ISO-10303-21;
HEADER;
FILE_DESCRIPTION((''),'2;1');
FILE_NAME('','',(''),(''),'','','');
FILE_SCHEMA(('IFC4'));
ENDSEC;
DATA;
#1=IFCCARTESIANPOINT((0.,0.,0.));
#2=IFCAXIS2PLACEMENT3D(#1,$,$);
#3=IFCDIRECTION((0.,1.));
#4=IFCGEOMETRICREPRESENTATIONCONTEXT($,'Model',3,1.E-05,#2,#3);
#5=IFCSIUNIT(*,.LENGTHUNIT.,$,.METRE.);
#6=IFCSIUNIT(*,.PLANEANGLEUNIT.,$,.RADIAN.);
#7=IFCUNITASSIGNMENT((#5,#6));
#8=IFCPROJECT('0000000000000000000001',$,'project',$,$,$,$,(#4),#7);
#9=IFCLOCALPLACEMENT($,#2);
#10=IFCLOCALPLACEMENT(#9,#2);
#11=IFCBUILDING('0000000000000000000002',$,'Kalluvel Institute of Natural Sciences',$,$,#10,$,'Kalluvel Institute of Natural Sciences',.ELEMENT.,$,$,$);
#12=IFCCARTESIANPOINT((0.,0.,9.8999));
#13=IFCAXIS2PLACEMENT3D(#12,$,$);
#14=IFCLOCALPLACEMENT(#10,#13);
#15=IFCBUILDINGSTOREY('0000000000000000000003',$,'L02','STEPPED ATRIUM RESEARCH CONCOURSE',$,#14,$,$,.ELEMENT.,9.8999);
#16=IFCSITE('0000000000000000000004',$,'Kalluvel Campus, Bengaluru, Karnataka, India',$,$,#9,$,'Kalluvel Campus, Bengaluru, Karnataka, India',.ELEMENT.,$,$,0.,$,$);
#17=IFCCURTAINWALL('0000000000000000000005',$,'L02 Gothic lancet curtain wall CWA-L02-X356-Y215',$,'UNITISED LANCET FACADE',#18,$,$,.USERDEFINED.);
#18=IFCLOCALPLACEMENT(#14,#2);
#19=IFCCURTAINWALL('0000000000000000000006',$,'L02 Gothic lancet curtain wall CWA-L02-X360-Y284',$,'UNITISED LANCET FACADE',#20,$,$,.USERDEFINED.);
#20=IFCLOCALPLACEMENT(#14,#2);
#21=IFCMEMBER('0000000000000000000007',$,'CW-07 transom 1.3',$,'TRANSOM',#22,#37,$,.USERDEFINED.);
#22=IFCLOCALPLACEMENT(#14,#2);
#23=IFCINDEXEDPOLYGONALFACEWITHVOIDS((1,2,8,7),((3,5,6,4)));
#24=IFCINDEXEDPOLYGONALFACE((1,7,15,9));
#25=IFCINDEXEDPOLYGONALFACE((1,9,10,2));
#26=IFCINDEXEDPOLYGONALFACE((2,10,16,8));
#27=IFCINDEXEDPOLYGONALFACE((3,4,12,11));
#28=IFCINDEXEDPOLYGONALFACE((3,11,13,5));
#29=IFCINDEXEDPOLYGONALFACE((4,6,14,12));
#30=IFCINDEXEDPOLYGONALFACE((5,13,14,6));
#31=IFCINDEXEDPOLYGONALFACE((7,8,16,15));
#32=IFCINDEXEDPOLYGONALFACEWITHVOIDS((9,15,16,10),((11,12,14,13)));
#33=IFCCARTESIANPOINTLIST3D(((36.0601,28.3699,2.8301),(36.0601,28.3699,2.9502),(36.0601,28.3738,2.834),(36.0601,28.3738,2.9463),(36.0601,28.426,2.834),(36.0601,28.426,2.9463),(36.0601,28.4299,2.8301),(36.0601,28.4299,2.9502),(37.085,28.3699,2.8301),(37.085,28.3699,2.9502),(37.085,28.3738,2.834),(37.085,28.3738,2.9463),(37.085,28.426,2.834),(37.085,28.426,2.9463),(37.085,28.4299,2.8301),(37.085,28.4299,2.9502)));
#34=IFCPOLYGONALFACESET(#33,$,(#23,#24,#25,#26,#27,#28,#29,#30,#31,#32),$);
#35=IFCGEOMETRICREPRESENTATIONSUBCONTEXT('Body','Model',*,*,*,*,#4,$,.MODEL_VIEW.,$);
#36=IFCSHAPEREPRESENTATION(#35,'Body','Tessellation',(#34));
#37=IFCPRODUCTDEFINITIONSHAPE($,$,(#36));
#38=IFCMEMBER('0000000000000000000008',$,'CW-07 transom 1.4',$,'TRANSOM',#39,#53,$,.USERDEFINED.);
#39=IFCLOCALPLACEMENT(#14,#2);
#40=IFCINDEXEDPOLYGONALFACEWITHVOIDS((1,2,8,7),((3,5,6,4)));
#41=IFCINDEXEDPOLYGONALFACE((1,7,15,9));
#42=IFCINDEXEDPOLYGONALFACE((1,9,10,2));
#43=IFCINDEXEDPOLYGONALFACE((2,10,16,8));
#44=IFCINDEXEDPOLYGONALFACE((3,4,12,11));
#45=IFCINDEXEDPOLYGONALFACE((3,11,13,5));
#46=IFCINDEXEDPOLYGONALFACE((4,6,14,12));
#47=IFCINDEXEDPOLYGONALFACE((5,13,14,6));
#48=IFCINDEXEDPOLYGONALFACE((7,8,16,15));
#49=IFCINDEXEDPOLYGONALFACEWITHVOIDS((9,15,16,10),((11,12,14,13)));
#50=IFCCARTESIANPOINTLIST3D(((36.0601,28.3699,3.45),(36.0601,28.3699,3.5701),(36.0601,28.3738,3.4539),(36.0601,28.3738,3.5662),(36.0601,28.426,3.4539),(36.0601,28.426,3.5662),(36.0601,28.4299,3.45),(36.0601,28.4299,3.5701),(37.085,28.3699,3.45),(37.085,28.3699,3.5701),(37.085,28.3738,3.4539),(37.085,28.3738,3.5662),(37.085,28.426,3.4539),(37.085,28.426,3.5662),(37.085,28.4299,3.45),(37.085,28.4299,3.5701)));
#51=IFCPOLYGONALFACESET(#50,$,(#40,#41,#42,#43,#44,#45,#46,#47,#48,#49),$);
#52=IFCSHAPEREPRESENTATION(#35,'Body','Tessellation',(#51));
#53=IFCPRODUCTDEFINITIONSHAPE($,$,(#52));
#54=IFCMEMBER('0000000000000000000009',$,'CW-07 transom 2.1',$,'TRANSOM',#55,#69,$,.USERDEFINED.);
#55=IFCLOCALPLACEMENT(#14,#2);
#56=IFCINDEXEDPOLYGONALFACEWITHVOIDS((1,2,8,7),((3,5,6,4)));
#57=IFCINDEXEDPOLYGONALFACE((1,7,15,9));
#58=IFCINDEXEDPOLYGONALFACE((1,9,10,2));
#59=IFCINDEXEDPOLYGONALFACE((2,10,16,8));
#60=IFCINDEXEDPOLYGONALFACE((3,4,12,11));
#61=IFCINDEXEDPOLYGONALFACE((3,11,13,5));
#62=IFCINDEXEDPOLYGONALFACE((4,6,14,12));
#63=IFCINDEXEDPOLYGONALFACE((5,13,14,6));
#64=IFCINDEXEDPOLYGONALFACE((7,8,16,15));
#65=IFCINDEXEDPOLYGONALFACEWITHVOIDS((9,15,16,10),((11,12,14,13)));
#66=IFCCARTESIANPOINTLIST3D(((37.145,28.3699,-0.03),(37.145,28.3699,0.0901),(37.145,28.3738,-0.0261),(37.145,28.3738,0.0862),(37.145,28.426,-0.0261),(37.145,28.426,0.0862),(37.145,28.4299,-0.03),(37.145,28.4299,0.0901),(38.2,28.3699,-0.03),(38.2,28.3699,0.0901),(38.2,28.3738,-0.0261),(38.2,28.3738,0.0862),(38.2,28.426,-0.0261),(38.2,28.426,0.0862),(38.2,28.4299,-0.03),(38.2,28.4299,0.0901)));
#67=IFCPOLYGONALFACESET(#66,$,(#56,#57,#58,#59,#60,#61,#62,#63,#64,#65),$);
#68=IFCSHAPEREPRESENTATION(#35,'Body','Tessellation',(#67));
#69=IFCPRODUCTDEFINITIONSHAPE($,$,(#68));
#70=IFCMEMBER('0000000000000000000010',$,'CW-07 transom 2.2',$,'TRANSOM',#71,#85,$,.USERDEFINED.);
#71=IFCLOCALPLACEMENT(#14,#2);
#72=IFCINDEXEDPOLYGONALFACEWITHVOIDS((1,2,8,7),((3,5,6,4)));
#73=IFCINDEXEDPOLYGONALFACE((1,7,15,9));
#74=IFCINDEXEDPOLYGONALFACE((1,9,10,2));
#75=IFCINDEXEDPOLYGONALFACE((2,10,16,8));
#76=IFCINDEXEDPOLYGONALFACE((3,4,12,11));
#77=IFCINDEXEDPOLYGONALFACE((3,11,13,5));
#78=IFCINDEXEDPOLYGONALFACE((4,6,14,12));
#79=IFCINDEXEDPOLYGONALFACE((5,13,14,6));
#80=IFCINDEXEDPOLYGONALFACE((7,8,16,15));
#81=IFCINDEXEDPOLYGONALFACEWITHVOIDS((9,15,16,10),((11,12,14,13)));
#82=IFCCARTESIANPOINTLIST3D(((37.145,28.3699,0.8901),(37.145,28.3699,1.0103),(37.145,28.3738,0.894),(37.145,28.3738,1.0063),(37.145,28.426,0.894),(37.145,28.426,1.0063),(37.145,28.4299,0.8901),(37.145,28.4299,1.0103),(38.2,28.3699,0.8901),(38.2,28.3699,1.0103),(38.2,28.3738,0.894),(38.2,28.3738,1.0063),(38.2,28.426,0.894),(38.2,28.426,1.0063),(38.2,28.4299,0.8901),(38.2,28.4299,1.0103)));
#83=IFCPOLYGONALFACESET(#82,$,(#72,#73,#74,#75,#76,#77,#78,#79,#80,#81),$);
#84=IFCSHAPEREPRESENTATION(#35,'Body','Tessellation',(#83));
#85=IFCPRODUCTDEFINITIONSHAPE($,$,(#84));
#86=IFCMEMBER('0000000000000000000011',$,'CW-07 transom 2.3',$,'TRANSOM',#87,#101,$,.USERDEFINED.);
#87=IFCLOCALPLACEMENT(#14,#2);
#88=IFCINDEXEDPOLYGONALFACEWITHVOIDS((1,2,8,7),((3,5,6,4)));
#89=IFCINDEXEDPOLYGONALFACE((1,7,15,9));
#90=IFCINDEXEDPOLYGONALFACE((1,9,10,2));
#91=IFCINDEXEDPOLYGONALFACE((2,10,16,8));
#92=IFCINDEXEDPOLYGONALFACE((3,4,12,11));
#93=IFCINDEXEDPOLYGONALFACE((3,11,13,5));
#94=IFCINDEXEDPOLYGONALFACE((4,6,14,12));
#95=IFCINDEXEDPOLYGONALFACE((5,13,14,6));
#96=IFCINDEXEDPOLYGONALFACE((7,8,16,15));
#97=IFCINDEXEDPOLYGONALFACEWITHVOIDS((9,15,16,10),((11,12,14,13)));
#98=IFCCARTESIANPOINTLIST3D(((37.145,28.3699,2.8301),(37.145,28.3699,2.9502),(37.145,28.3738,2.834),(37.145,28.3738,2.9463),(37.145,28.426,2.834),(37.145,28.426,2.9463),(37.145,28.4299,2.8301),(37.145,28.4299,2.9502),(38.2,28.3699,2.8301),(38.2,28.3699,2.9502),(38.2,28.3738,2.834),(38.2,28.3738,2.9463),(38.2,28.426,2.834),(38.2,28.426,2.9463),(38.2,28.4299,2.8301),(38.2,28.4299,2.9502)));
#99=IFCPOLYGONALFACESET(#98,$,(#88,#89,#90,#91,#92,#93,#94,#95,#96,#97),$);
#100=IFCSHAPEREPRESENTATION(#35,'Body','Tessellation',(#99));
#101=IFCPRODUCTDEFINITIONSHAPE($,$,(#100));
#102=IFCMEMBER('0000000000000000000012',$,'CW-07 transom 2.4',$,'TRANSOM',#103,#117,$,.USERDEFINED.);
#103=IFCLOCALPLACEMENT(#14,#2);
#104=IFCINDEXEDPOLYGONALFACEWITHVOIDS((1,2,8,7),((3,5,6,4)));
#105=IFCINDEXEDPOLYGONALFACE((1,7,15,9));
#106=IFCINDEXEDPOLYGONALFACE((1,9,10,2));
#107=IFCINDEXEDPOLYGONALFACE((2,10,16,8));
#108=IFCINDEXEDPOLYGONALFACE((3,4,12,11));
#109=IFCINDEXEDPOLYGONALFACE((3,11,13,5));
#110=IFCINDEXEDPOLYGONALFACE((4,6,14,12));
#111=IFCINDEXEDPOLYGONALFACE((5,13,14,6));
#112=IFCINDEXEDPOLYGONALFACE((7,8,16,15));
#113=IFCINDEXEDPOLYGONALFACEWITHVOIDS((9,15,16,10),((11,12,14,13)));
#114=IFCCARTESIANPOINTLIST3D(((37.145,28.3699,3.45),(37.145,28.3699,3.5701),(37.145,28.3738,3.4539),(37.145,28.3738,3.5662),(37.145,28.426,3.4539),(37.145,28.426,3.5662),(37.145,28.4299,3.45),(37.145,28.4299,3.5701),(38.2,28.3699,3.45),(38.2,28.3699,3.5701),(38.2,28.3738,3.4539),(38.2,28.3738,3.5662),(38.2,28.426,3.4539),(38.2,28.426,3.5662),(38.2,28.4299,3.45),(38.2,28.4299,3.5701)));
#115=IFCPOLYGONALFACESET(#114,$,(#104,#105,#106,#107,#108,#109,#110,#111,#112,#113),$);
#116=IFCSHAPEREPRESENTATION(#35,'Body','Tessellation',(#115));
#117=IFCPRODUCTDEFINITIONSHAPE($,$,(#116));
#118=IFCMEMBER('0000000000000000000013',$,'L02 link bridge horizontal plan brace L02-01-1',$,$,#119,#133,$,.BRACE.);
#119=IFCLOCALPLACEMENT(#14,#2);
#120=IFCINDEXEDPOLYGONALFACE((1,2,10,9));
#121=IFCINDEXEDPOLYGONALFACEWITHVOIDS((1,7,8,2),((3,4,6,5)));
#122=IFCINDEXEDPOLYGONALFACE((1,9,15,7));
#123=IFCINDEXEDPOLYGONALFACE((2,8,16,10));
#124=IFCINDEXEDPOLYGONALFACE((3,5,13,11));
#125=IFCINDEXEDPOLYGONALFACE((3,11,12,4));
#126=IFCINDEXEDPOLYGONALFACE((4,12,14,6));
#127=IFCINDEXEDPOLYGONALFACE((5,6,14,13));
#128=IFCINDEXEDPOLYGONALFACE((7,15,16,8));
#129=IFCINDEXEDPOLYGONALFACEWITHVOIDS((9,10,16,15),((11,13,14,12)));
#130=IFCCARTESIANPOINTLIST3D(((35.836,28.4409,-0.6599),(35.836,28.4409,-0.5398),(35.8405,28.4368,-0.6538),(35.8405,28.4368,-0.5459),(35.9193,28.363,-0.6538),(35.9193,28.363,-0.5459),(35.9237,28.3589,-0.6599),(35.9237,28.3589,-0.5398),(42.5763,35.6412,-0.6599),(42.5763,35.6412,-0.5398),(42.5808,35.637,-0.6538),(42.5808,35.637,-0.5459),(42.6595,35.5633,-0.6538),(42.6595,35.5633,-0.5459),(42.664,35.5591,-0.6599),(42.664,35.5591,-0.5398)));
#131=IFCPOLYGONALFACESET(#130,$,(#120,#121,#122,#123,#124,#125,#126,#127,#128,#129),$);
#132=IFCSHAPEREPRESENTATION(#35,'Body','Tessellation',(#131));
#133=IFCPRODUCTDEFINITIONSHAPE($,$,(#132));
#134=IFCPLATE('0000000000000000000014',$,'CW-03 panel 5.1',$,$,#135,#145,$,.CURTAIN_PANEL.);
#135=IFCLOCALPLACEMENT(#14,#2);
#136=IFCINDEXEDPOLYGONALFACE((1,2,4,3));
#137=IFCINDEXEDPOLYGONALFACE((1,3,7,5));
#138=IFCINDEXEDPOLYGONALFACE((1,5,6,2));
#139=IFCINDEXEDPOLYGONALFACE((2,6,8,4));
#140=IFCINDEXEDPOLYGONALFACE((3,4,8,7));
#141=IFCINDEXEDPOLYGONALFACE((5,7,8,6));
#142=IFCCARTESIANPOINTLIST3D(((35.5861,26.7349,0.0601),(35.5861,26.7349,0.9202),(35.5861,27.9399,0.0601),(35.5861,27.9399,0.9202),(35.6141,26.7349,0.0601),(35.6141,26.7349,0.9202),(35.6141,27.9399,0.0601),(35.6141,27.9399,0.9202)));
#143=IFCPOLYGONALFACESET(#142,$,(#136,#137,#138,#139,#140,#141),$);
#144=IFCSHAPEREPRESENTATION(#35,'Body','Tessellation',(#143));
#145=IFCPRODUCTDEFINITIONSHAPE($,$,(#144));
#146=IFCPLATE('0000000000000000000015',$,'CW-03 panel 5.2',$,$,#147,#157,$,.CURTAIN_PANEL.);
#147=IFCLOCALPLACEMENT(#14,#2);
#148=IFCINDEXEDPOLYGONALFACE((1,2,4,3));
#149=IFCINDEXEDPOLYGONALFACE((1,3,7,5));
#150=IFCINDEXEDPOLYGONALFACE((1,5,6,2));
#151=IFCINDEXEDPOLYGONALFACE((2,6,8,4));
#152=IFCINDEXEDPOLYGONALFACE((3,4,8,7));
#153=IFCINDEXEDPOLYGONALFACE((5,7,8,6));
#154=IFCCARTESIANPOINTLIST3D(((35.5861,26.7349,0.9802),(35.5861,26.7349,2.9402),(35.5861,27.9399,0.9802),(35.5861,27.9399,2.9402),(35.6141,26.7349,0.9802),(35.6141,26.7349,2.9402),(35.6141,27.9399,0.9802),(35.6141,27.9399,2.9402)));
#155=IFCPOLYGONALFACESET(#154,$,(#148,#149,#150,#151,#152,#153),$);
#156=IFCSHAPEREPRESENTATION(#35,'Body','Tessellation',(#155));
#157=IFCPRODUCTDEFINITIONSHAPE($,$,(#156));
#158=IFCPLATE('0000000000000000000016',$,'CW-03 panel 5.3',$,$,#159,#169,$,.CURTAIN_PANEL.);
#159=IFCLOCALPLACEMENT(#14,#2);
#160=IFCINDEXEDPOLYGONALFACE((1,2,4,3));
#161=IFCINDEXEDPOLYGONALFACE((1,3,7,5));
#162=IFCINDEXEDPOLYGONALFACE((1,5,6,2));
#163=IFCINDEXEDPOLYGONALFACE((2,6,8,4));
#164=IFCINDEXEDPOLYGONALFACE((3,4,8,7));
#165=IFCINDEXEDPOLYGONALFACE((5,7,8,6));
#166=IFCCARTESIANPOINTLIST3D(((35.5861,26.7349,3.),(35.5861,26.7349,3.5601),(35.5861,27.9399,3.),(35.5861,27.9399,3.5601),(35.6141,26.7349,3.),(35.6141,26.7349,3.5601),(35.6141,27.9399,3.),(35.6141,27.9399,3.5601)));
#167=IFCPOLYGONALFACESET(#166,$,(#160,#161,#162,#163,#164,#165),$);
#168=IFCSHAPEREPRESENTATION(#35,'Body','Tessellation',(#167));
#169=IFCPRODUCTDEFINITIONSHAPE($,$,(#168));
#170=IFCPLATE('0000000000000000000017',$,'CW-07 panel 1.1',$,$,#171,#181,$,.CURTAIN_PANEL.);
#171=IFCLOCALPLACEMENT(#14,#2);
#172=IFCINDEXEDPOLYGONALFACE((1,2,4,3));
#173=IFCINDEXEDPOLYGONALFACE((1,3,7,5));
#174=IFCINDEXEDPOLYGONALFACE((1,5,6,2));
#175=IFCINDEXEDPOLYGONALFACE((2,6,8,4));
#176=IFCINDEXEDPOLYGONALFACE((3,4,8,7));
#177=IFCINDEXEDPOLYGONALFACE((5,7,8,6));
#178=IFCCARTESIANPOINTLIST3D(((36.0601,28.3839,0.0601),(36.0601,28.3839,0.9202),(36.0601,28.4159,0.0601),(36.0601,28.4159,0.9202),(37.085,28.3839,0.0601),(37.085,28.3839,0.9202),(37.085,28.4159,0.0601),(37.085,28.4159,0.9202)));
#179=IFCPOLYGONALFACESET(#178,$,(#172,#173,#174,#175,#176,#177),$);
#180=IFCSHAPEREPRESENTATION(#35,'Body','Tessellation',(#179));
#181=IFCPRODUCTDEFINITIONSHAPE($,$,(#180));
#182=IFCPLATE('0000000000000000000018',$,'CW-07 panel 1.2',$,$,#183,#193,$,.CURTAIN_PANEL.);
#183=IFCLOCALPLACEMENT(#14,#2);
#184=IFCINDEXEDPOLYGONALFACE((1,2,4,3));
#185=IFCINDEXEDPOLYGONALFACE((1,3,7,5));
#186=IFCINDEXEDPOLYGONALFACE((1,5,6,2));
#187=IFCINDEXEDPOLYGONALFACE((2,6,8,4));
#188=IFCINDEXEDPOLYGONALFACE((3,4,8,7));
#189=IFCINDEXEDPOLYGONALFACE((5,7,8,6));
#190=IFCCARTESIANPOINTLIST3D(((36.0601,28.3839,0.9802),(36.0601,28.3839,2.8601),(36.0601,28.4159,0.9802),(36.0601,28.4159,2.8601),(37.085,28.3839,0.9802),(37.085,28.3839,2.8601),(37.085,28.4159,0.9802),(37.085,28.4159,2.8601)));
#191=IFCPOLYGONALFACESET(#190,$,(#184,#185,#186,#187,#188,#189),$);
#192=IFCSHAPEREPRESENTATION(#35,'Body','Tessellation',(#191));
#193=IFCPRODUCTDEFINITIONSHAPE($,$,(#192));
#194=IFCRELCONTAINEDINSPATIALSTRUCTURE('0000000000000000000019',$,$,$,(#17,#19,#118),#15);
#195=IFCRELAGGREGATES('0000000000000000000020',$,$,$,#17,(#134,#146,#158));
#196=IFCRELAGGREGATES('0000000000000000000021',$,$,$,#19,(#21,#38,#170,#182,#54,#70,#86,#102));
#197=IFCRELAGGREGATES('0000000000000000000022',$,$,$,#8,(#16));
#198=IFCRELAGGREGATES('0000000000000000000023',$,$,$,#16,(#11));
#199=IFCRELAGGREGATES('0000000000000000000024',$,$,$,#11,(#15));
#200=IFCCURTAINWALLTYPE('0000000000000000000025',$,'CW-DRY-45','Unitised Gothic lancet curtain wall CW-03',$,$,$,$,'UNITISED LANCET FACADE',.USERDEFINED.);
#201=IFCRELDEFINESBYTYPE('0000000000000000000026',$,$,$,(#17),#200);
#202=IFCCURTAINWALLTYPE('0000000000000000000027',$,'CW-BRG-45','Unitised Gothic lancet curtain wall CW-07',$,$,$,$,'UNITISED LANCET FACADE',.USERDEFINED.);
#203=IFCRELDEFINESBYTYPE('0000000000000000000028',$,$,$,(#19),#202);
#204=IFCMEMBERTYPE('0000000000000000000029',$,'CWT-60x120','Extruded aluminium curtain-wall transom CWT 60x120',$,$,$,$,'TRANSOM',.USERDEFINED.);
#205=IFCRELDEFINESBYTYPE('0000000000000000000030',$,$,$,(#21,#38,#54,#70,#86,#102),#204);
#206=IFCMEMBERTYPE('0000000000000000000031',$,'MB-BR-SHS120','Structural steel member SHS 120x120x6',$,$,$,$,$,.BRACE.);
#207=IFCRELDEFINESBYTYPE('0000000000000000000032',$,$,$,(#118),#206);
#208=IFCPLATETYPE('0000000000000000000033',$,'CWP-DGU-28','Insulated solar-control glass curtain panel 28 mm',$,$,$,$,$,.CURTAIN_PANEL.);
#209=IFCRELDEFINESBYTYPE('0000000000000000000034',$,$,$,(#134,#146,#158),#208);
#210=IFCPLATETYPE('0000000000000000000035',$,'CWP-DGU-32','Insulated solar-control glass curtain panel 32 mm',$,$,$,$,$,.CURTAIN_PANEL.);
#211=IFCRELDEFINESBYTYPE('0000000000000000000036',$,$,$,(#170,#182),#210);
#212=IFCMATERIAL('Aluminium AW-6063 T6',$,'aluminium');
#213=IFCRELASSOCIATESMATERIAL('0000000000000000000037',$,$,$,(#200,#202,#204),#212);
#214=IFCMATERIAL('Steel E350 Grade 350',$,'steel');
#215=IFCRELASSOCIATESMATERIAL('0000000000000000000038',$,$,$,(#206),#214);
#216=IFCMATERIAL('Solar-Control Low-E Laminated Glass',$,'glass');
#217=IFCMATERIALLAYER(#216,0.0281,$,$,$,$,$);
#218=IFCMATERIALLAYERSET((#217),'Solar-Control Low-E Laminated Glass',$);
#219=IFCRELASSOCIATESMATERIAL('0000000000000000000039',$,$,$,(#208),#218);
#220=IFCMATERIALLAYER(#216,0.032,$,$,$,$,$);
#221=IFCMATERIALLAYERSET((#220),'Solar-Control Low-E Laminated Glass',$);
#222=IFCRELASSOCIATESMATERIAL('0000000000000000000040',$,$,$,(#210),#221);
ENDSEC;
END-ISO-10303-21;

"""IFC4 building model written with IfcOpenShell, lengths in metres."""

from ifc_helpers import new_model, si_unit, direction, frame, origin, origin_2d, place, context, subcontext, project, spatial, rectangle, hollow_rectangle, extrude, material, layer, layer_set, material_profile, profile_set, type_object, element, aggregate, save


model = new_model("IFC4")

# Units and contexts
model_context = context("Model", 3, precision=1e-05, world=origin(), true_north=direction((0.0, 1.0)))
body_context = subcontext(model_context, "Body", "Model", "MODEL_VIEW")
ifc_project = project(units=[si_unit("LENGTHUNIT", "METRE"), si_unit("PLANEANGLEUNIT", "RADIAN")], contexts=[model_context])

# Site, building, storey
site_placement = place(None, origin())
site = spatial("IfcSite", under=ifc_project, at=site_placement, Name="Kalluvel Campus, Bengaluru, Karnataka, India", LongName="Kalluvel Campus, Bengaluru, Karnataka, India", CompositionType="ELEMENT", RefElevation=0.0)
building_placement = place(site_placement, origin())
building = spatial("IfcBuilding", under=site, at=building_placement, Name="Kalluvel Institute of Natural Sciences", LongName="Kalluvel Institute of Natural Sciences", CompositionType="ELEMENT")
storey_placement = place(building_placement, frame((0.0, 0.0, 9.8999)))
storey = spatial("IfcBuildingStorey", under=building, at=storey_placement, Name="L02", Description="STEPPED ATRIUM RESEARCH CONCOURSE", CompositionType="ELEMENT", Elevation=9.8999)

# Shared definitions
ifc_material_1 = material(Name="Steel E350 Grade 350", Category="steel")

# Curtain wall
ifc_material_2 = material(Name="Aluminium AW-6063 T6", Category="aluminium")
curtain_wall_type_1 = type_object("IfcCurtainWallType", Name="CW-DRY-45", Description="Unitised Gothic lancet curtain wall CW-03", ElementType="UNITISED LANCET FACADE", PredefinedType="USERDEFINED", material=ifc_material_2)
curtain_wall_1_placement = place(storey_placement, origin())
curtain_wall_1 = element("IfcCurtainWall", 1, at=curtain_wall_1_placement, inside=storey, type_object=curtain_wall_type_1, Name="L02 Gothic lancet curtain wall CWA-L02-X356-Y215", ObjectType="UNITISED LANCET FACADE", PredefinedType="USERDEFINED")

# Curtain wall
curtain_wall_type_2 = type_object("IfcCurtainWallType", Name="CW-BRG-45", Description="Unitised Gothic lancet curtain wall CW-07", ElementType="UNITISED LANCET FACADE", PredefinedType="USERDEFINED", material=ifc_material_2)
curtain_wall_2_placement = place(storey_placement, origin())
curtain_wall_2 = element("IfcCurtainWall", 2, at=curtain_wall_2_placement, inside=storey, type_object=curtain_wall_type_2, Name="L02 Gothic lancet curtain wall CWA-L02-X360-Y284", ObjectType="UNITISED LANCET FACADE", PredefinedType="USERDEFINED")

# Members
ifc_material_profile_1 = material_profile(ifc_material_2, hollow_rectangle(XDim=0.0601, YDim=0.1201, WallThickness=0.0039, at=origin_2d()), Name="CWT 60x120")
ifc_profile_set_1 = profile_set([ifc_material_profile_1], Name="Aluminium AW-6063 T6")
member_type_1 = type_object("IfcMemberType", Name="CWT-60x120", Description="Extruded aluminium curtain-wall transom CWT 60x120", ElementType="TRANSOM", PredefinedType="USERDEFINED", material=ifc_profile_set_1)
member_1_placement = place(storey_placement, frame((36.0601, 28.3999, 2.8901), z_axis=(1.0, 0.0, 0.0), x_axis=(0.0, 1.0, 0.0)))
member_1 = element("IfcMember", 3, at=member_1_placement, type_object=member_type_1, Name="CW-07 transom 1.3", ObjectType="TRANSOM", PredefinedType="USERDEFINED", context=body_context, shape_type="SweptSolid", body=[
    extrude(hollow_rectangle(XDim=0.0601, YDim=0.1201, WallThickness=0.0039, at=origin_2d()), origin(), (0.0, 0.0, 1.0), 1.0249),
])
member_2_placement = place(storey_placement, frame((36.0601, 28.3999, 3.51), z_axis=(1.0, 0.0, 0.0), x_axis=(0.0, 1.0, 0.0)))
member_2 = element("IfcMember", 4, at=member_2_placement, type_object=member_type_1, Name="CW-07 transom 1.4", ObjectType="TRANSOM", PredefinedType="USERDEFINED", context=body_context, shape_type="SweptSolid", body=[
    extrude(hollow_rectangle(XDim=0.0601, YDim=0.1201, WallThickness=0.0039, at=origin_2d()), origin(), (0.0, 0.0, 1.0), 1.0249),
])
member_3_placement = place(storey_placement, frame((37.145, 28.3999, 0.03), z_axis=(1.0, 0.0, 0.0), x_axis=(0.0, 1.0, 0.0)))
member_3 = element("IfcMember", 5, at=member_3_placement, type_object=member_type_1, Name="CW-07 transom 2.1", ObjectType="TRANSOM", PredefinedType="USERDEFINED", context=body_context, shape_type="SweptSolid", body=[
    extrude(hollow_rectangle(XDim=0.0601, YDim=0.1201, WallThickness=0.0039, at=origin_2d()), origin(), (0.0, 0.0, 1.0), 1.0549),
])
member_4_placement = place(storey_placement, frame((37.145, 28.3999, 0.9502), z_axis=(1.0, 0.0, 0.0), x_axis=(0.0, 1.0, 0.0)))
member_4 = element("IfcMember", 6, at=member_4_placement, type_object=member_type_1, Name="CW-07 transom 2.2", ObjectType="TRANSOM", PredefinedType="USERDEFINED", context=body_context, shape_type="SweptSolid", body=[
    extrude(hollow_rectangle(XDim=0.0601, YDim=0.1201, WallThickness=0.0039, at=origin_2d()), origin(), (0.0, 0.0, 1.0), 1.0549),
])
member_5_placement = place(storey_placement, frame((37.145, 28.3999, 2.8901), z_axis=(1.0, 0.0, 0.0), x_axis=(0.0, 1.0, 0.0)))
member_5 = element("IfcMember", 7, at=member_5_placement, type_object=member_type_1, Name="CW-07 transom 2.3", ObjectType="TRANSOM", PredefinedType="USERDEFINED", context=body_context, shape_type="SweptSolid", body=[
    extrude(hollow_rectangle(XDim=0.0601, YDim=0.1201, WallThickness=0.0039, at=origin_2d()), origin(), (0.0, 0.0, 1.0), 1.0549),
])
member_6_placement = place(storey_placement, frame((37.145, 28.3999, 3.51), z_axis=(1.0, 0.0, 0.0), x_axis=(0.0, 1.0, 0.0)))
member_6 = element("IfcMember", 8, at=member_6_placement, type_object=member_type_1, Name="CW-07 transom 2.4", ObjectType="TRANSOM", PredefinedType="USERDEFINED", context=body_context, shape_type="SweptSolid", body=[
    extrude(hollow_rectangle(XDim=0.0601, YDim=0.1201, WallThickness=0.0039, at=origin_2d()), origin(), (0.0, 0.0, 1.0), 1.0549),
])
ifc_material_profile_2 = material_profile(ifc_material_1, hollow_rectangle(XDim=0.1201, YDim=0.1201, WallThickness=0.0061, at=origin_2d()), Name="SHS 120x120x6")
ifc_profile_set_2 = profile_set([ifc_material_profile_2], Name="Steel E350 Grade 350")
member_type_2 = type_object("IfcMemberType", Name="MB-BR-SHS120", Description="Structural steel member SHS 120x120x6", PredefinedType="BRACE", material=ifc_profile_set_2)
member_7_placement = place(storey_placement, frame((35.8799, 28.3999, -0.5999), z_axis=(0.683404, 0.73004, 0.0), x_axis=(-0.73004, 0.683404, 0.0)))
element("IfcMember", 9, at=member_7_placement, inside=storey, type_object=member_type_2, Name="L02 link bridge horizontal plan brace L02-01-1", PredefinedType="BRACE", context=body_context, shape_type="SweptSolid", body=[
    extrude(hollow_rectangle(XDim=0.1201, YDim=0.1201, WallThickness=0.0061, at=origin_2d()), origin(), (0.0, 0.0, 1.0), 9.8628),
])

# Plates
ifc_material_3 = material(Name="Solar-Control Low-E Laminated Glass", Category="glass")
ifc_layer_1 = layer(ifc_material_3, 0.0281)
ifc_layer_set_1 = layer_set([ifc_layer_1], Name="Solar-Control Low-E Laminated Glass")
plate_type_1 = type_object("IfcPlateType", Name="CWP-DGU-28", Description="Insulated solar-control glass curtain panel 28 mm", PredefinedType="CURTAIN_PANEL", material=ifc_layer_set_1)
plate_1_placement = place(storey_placement, frame((35.6001, 27.3374, 0.0601), z_axis=(0.0, 0.0, 1.0), x_axis=(0.0, 1.0, 0.0)))
plate_1 = element("IfcPlate", 10, at=plate_1_placement, type_object=plate_type_1, Name="CW-03 panel 5.1", PredefinedType="CURTAIN_PANEL", context=body_context, shape_type="SweptSolid", body=[
    extrude(rectangle(XDim=1.2051, YDim=0.0281, at=origin_2d()), origin(), (0.0, 0.0, 1.0), 0.8601),
])
plate_2_placement = place(storey_placement, frame((35.6001, 27.3374, 0.9802), z_axis=(0.0, 0.0, 1.0), x_axis=(0.0, 1.0, 0.0)))
plate_2 = element("IfcPlate", 11, at=plate_2_placement, type_object=plate_type_1, Name="CW-03 panel 5.2", PredefinedType="CURTAIN_PANEL", context=body_context, shape_type="SweptSolid", body=[
    extrude(rectangle(XDim=1.2051, YDim=0.0281, at=origin_2d()), origin(), (0.0, 0.0, 1.0), 1.96),
])
plate_3_placement = place(storey_placement, frame((35.6001, 27.3374, 3.0), z_axis=(0.0, 0.0, 1.0), x_axis=(0.0, 1.0, 0.0)))
plate_3 = element("IfcPlate", 12, at=plate_3_placement, type_object=plate_type_1, Name="CW-03 panel 5.3", PredefinedType="CURTAIN_PANEL", context=body_context, shape_type="SweptSolid", body=[
    extrude(rectangle(XDim=1.2051, YDim=0.0281, at=origin_2d()), origin(), (0.0, 0.0, 1.0), 0.5601),
])
aggregate(curtain_wall_1, [plate_1, plate_2, plate_3])
ifc_layer_2 = layer(ifc_material_3, 0.032)
ifc_layer_set_2 = layer_set([ifc_layer_2], Name="Solar-Control Low-E Laminated Glass")
plate_type_2 = type_object("IfcPlateType", Name="CWP-DGU-32", Description="Insulated solar-control glass curtain panel 32 mm", PredefinedType="CURTAIN_PANEL", material=ifc_layer_set_2)
plate_4_placement = place(storey_placement, frame((36.5725, 28.3999, 0.0601), z_axis=(0.0, 0.0, 1.0), x_axis=(1.0, 0.0, 0.0)))
plate_4 = element("IfcPlate", 13, at=plate_4_placement, type_object=plate_type_2, Name="CW-07 panel 1.1", PredefinedType="CURTAIN_PANEL", context=body_context, shape_type="SweptSolid", body=[
    extrude(rectangle(XDim=1.0249, YDim=0.032, at=origin_2d()), origin(), (0.0, 0.0, 1.0), 0.8601),
])
plate_5_placement = place(storey_placement, frame((36.5725, 28.3999, 0.9802), z_axis=(0.0, 0.0, 1.0), x_axis=(1.0, 0.0, 0.0)))
plate_5 = element("IfcPlate", 14, at=plate_5_placement, type_object=plate_type_2, Name="CW-07 panel 1.2", PredefinedType="CURTAIN_PANEL", context=body_context, shape_type="SweptSolid", body=[
    extrude(rectangle(XDim=1.0249, YDim=0.032, at=origin_2d()), origin(), (0.0, 0.0, 1.0), 1.8799),
])
aggregate(curtain_wall_2, [member_1, member_2, plate_4, plate_5, member_3, member_4, member_5, member_6])

save(model, "model.ifc")
